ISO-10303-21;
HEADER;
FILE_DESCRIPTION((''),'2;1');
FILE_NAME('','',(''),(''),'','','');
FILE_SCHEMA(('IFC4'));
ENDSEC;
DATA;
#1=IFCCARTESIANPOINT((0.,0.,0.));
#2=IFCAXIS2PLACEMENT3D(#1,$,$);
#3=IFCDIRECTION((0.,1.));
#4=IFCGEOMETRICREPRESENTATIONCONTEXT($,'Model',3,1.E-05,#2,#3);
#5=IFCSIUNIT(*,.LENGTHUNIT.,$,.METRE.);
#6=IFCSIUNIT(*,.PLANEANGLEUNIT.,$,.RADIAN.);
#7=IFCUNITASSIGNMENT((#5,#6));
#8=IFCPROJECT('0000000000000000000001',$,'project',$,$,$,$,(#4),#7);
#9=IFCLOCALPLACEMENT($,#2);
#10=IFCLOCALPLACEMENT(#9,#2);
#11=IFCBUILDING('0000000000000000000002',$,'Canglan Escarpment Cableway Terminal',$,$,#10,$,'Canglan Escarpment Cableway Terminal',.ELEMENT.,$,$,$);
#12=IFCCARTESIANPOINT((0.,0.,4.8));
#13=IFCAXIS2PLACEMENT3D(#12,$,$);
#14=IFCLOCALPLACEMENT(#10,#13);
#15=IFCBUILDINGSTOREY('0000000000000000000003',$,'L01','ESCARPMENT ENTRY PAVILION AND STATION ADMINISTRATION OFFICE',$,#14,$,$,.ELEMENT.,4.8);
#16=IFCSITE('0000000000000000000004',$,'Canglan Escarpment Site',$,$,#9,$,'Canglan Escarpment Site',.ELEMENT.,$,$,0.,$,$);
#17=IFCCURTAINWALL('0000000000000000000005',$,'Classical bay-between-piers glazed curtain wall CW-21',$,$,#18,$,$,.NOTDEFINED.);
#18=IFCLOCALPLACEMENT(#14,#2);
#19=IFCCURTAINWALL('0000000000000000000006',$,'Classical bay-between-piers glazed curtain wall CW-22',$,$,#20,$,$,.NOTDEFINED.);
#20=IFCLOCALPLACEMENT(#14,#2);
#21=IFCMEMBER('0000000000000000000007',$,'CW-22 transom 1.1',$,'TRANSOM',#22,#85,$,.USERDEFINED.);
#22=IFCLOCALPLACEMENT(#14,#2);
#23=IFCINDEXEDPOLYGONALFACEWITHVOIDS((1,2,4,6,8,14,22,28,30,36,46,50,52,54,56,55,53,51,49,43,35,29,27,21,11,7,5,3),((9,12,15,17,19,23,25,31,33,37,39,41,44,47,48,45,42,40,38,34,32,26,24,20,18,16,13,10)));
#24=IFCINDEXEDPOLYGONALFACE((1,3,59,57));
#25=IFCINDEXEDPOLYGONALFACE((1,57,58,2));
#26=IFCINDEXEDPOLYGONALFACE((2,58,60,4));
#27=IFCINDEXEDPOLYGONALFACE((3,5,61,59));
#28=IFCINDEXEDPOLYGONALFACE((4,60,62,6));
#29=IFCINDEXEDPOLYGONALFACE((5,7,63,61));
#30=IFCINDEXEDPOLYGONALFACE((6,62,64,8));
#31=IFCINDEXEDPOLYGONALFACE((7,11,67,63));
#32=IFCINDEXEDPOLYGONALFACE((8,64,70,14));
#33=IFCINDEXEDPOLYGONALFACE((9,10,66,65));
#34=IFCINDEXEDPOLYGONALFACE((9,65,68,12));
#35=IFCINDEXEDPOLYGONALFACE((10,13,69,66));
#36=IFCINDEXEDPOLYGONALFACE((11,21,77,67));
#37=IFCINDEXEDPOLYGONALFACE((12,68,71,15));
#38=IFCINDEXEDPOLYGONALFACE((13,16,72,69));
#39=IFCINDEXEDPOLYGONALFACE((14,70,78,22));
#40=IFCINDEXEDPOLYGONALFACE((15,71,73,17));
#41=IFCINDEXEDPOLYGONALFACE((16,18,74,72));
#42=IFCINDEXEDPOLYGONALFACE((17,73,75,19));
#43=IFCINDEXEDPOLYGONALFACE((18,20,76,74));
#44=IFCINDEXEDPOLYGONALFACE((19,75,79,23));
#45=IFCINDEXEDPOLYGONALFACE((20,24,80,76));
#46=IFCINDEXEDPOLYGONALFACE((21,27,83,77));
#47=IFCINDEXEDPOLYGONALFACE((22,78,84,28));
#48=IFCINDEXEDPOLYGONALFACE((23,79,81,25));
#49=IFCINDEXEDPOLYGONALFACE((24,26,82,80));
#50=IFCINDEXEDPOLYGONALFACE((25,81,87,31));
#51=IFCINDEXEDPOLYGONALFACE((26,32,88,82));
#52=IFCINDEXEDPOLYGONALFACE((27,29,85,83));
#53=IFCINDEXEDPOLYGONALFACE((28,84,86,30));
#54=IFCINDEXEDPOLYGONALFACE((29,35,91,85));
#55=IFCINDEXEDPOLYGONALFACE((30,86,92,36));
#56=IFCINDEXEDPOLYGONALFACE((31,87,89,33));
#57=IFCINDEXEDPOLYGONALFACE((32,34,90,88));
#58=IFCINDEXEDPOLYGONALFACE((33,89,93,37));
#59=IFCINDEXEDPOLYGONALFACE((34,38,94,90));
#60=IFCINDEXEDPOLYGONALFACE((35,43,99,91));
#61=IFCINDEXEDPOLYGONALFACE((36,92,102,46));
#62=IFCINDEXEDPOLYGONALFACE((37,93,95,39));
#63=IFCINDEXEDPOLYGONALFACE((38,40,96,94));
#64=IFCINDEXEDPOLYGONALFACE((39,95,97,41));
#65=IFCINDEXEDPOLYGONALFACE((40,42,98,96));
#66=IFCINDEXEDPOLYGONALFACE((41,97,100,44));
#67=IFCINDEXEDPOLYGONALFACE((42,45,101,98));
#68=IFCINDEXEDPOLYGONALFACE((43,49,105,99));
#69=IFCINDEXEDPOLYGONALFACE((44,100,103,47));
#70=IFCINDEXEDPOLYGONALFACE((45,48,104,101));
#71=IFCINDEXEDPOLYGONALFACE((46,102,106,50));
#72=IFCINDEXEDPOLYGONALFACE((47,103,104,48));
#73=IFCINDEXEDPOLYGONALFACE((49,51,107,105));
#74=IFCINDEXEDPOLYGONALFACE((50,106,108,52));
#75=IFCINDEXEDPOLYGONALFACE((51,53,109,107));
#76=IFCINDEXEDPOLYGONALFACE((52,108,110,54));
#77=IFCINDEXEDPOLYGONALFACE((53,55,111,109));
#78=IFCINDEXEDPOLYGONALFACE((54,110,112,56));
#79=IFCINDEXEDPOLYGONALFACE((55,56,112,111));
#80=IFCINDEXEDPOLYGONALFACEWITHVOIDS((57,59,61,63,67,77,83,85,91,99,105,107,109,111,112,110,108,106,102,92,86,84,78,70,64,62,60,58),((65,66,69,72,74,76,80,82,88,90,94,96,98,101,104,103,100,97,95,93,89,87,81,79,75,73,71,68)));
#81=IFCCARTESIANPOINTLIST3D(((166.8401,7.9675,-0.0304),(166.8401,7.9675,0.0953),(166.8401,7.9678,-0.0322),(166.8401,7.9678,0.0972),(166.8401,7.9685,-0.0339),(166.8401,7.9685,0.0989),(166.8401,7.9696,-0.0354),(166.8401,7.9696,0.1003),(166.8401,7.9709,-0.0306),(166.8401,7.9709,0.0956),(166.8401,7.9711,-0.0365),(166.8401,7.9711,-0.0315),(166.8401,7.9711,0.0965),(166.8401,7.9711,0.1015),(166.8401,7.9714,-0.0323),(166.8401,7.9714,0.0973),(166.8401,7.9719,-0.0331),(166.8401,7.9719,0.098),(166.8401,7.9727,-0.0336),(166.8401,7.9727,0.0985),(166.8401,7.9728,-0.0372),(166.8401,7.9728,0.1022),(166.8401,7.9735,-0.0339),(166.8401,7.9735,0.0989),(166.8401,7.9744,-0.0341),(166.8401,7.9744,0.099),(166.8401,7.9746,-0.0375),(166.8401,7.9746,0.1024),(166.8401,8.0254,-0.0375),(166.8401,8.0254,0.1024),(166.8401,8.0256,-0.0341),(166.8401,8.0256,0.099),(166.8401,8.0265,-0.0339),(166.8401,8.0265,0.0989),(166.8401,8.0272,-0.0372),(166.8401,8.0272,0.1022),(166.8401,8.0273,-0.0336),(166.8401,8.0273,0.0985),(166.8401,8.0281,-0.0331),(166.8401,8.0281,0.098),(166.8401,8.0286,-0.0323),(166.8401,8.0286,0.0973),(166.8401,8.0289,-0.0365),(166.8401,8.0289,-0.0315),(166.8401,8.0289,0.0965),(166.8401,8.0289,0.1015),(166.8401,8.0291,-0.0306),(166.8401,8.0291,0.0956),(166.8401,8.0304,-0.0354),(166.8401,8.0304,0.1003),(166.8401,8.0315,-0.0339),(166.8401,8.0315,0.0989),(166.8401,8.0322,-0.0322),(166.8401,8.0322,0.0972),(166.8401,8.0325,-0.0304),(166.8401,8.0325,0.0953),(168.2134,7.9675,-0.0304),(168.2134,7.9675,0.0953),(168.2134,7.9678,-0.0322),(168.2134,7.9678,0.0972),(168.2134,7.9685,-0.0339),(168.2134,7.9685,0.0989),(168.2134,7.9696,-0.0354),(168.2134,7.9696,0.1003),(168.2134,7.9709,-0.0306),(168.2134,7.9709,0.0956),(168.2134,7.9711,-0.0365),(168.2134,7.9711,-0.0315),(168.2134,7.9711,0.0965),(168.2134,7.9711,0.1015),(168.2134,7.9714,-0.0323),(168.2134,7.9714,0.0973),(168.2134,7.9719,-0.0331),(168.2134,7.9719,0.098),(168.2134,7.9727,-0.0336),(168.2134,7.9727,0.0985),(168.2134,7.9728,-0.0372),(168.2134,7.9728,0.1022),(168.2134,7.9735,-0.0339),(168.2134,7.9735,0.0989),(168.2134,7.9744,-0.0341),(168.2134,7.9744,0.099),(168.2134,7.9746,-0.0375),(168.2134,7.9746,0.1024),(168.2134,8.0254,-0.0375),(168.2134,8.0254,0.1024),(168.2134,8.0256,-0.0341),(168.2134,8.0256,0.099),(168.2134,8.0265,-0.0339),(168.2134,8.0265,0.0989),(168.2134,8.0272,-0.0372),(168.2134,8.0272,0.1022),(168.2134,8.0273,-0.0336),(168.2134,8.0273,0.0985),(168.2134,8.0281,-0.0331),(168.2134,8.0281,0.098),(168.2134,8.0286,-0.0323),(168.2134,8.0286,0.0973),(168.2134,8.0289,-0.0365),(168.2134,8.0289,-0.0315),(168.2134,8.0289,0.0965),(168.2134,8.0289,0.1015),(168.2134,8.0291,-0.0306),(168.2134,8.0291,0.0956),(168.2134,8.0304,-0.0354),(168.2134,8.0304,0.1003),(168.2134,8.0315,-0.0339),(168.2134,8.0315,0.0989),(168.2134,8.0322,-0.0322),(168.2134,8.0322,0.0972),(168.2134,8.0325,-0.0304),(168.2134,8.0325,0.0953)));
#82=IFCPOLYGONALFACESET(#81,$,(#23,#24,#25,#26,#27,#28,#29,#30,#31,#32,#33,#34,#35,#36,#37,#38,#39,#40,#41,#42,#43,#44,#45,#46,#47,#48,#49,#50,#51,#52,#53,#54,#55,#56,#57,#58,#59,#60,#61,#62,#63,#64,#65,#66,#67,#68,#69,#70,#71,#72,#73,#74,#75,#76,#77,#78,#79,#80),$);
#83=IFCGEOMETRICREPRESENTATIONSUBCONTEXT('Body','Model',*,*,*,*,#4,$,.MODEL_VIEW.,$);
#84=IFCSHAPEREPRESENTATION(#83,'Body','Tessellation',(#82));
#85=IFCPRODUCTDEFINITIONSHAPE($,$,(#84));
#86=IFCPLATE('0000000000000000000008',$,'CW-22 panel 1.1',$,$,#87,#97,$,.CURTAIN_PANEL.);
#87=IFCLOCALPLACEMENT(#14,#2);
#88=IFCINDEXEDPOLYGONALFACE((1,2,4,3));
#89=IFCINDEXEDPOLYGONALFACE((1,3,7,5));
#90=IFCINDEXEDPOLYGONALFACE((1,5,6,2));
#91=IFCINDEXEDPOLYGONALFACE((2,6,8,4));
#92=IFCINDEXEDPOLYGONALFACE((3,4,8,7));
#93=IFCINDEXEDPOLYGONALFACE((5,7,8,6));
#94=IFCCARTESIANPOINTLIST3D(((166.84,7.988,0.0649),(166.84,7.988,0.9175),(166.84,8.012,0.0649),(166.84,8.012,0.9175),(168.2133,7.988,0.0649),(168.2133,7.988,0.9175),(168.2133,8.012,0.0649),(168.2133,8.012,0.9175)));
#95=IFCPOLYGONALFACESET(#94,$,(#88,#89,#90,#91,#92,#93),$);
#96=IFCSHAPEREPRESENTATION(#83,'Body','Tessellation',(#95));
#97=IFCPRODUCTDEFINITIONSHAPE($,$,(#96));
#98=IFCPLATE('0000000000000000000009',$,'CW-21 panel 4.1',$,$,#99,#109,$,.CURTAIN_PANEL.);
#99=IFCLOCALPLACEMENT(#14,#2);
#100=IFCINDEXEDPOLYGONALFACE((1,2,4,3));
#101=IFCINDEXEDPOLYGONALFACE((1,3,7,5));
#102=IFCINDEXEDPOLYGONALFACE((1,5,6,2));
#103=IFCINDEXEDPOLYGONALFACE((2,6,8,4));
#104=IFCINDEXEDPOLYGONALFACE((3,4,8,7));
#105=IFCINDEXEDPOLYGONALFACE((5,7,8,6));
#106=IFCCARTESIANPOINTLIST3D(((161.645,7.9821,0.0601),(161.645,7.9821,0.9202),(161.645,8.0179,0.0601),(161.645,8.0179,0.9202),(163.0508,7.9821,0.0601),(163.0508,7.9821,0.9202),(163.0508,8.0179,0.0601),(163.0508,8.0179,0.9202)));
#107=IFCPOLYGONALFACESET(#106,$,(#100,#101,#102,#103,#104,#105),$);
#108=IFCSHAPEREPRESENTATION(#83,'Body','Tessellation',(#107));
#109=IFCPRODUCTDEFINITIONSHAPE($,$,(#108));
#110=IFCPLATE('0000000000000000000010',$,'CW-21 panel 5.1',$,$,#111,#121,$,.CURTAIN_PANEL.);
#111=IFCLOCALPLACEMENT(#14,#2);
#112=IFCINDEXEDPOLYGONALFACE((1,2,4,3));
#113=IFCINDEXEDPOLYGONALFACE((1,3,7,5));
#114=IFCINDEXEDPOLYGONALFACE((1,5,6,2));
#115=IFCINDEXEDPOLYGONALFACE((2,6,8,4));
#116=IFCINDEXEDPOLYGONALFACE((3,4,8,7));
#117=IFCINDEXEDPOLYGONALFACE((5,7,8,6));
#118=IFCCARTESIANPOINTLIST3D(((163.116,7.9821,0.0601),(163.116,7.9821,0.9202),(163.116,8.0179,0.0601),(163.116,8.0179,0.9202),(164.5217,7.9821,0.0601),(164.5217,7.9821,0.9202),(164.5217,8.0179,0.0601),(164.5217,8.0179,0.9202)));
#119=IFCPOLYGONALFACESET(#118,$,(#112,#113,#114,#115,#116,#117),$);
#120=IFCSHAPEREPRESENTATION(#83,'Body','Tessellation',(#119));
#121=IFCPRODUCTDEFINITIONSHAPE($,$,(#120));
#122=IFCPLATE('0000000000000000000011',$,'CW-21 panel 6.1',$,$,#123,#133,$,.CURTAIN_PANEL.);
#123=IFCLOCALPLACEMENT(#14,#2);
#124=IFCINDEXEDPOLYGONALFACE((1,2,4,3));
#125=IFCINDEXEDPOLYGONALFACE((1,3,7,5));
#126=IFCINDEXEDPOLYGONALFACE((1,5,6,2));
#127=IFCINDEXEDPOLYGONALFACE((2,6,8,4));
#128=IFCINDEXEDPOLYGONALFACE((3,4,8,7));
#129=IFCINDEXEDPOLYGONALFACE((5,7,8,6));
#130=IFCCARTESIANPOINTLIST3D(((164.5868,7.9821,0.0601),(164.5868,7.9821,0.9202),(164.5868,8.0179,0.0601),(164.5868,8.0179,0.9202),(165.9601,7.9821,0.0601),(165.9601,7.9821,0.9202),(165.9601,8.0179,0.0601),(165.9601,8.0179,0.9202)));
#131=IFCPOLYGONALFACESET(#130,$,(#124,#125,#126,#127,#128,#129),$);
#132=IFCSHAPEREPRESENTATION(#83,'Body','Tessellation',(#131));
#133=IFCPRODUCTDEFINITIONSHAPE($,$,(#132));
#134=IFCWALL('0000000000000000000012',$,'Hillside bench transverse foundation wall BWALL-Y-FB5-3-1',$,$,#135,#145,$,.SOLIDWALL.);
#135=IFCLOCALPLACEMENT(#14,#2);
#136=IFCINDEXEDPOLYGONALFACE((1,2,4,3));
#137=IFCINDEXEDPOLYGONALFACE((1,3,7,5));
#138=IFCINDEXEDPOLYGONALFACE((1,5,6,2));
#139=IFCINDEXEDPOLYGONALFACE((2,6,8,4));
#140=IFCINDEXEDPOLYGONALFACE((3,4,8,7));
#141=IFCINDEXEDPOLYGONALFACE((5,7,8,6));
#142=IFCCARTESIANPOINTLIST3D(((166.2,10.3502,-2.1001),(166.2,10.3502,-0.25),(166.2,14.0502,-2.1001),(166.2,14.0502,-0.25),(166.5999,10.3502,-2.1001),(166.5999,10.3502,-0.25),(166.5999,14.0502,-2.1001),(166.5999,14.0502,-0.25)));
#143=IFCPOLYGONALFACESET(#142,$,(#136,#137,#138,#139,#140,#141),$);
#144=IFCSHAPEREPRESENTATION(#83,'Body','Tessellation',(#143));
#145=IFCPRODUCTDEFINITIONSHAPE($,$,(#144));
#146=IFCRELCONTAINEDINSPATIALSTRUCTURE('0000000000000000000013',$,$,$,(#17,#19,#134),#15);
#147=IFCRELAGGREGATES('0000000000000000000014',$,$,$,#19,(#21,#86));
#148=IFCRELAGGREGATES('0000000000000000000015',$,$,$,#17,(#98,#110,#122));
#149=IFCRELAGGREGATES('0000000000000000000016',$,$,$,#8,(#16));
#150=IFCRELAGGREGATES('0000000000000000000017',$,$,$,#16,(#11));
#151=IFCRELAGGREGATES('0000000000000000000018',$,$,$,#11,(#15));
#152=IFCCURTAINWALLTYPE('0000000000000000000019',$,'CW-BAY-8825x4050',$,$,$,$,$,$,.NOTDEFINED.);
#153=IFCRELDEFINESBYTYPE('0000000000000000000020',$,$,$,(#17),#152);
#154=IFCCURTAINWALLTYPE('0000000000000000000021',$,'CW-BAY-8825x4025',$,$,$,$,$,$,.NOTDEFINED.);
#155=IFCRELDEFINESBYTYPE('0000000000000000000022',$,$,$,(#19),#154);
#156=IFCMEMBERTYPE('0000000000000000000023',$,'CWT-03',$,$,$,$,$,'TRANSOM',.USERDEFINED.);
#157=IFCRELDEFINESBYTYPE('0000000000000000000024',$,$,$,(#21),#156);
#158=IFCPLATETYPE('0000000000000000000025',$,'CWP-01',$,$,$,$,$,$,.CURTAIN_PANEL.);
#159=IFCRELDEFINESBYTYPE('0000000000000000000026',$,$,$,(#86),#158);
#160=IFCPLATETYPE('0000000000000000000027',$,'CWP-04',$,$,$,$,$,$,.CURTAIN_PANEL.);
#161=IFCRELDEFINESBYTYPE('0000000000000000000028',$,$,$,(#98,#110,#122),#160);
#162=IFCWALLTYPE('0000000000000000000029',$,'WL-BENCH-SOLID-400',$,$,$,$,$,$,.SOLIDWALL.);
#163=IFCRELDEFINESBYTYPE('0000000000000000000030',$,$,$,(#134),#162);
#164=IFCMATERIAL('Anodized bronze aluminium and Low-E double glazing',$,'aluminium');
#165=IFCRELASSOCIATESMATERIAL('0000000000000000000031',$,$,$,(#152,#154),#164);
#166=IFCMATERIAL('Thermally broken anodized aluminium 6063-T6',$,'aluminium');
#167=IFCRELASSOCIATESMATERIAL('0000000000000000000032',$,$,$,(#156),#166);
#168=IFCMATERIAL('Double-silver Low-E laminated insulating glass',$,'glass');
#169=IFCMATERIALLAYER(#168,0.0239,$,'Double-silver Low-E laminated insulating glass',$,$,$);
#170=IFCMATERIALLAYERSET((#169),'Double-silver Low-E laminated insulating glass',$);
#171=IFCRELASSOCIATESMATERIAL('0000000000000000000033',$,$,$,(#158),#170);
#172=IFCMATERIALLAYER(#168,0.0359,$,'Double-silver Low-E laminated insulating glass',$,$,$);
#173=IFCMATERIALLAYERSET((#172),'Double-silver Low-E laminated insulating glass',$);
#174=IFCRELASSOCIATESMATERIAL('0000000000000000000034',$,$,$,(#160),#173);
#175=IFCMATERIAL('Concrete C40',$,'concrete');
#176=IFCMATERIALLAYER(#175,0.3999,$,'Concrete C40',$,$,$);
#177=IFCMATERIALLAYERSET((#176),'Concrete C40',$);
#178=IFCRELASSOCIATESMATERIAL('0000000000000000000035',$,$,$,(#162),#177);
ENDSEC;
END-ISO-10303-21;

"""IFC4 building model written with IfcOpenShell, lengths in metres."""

from ifc_helpers import new_model, si_unit, direction, frame, frame_2d, origin, origin_2d, place, context, subcontext, project, spatial, rectangle, hollow_rectangle, extrude, material, layer, layer_set, material_profile, profile_set, type_object, element, aggregate, save


model = new_model("IFC4")

# Units and contexts
model_context = context("Model", 3, precision=1e-05, world=origin(), true_north=direction((0.0, 1.0)))
body_context = subcontext(model_context, "Body", "Model", "MODEL_VIEW")
ifc_project = project(units=[si_unit("LENGTHUNIT", "METRE"), si_unit("PLANEANGLEUNIT", "RADIAN")], contexts=[model_context])

# Site, building, storey
site_placement = place(None, origin())
site = spatial("IfcSite", under=ifc_project, at=site_placement, Name="Canglan Escarpment Site", LongName="Canglan Escarpment Site", CompositionType="ELEMENT", RefElevation=0.0)
building_placement = place(site_placement, origin())
building = spatial("IfcBuilding", under=site, at=building_placement, Name="Canglan Escarpment Cableway Terminal", LongName="Canglan Escarpment Cableway Terminal", CompositionType="ELEMENT")
storey_placement = place(building_placement, frame((0.0, 0.0, 4.8)))
storey = spatial("IfcBuildingStorey", under=building, at=storey_placement, Name="L01", Description="ESCARPMENT ENTRY PAVILION AND STATION ADMINISTRATION OFFICE", CompositionType="ELEMENT", Elevation=4.8)

# Shared definitions
ifc_material_1 = material(Name="Concrete C40", Category="concrete")

# Curtain wall
ifc_material_2 = material(Name="Anodized bronze aluminium and Low-E double glazing", Category="aluminium")
curtain_wall_type_1 = type_object("IfcCurtainWallType", Name="CW-BAY-8825x4050", PredefinedType="NOTDEFINED", material=ifc_material_2)
curtain_wall_1_placement = place(storey_placement, origin())
curtain_wall_1 = element("IfcCurtainWall", 1, at=curtain_wall_1_placement, inside=storey, type_object=curtain_wall_type_1, Name="Classical bay-between-piers glazed curtain wall CW-21", PredefinedType="NOTDEFINED")
ifc_material_3 = material(Name="Thermally broken anodized aluminium 6063-T6", Category="aluminium")

# Curtain wall
curtain_wall_type_2 = type_object("IfcCurtainWallType", Name="CW-BAY-8825x4025", PredefinedType="NOTDEFINED", material=ifc_material_2)
curtain_wall_2_placement = place(storey_placement, origin())
curtain_wall_2 = element("IfcCurtainWall", 2, at=curtain_wall_2_placement, inside=storey, type_object=curtain_wall_type_2, Name="Classical bay-between-piers glazed curtain wall CW-22", PredefinedType="NOTDEFINED")

# Member
ifc_material_profile_1 = material_profile(ifc_material_3, hollow_rectangle(XDim=0.0649, YDim=0.1399, WallThickness=0.0034, InnerFilletRadius=0.0034, OuterFilletRadius=0.0071, at=origin_2d()), Name="ALU-TRAN 65x140x3.5")
ifc_profile_set_1 = profile_set([ifc_material_profile_1], Name="Thermally broken anodized aluminium 6063-T6")
member_type_1 = type_object("IfcMemberType", Name="CWT-03", ElementType="TRANSOM", PredefinedType="USERDEFINED", material=ifc_profile_set_1)
member_1_placement = place(storey_placement, frame((166.8401, 8.0, 0.0325), z_axis=(1.0, 0.0, 0.0), x_axis=(0.0, 1.0, 0.0)))
member_1 = element("IfcMember", 3, at=member_1_placement, type_object=member_type_1, Name="CW-22 transom 1.1", ObjectType="TRANSOM", PredefinedType="USERDEFINED", context=body_context, shape_type="SweptSolid", body=[
    extrude(hollow_rectangle(XDim=0.0649, YDim=0.1399, WallThickness=0.0034, InnerFilletRadius=0.0034, OuterFilletRadius=0.0071, at=origin_2d()), origin(), (0.0, 0.0, 1.0), 1.3733),
])

# Plates
ifc_material_4 = material(Name="Double-silver Low-E laminated insulating glass", Category="glass")
ifc_layer_1 = layer(ifc_material_4, 0.0239, Name="Double-silver Low-E laminated insulating glass")
ifc_layer_set_1 = layer_set([ifc_layer_1], Name="Double-silver Low-E laminated insulating glass")
plate_type_1 = type_object("IfcPlateType", Name="CWP-01", PredefinedType="CURTAIN_PANEL", material=ifc_layer_set_1)
plate_1_placement = place(storey_placement, frame((167.5266, 8.0, 0.0649), z_axis=(0.0, 0.0, 1.0), x_axis=(1.0, 0.0, 0.0)))
plate_1 = element("IfcPlate", 4, at=plate_1_placement, type_object=plate_type_1, Name="CW-22 panel 1.1", PredefinedType="CURTAIN_PANEL", context=body_context, shape_type="SweptSolid", body=[
    extrude(rectangle(XDim=1.3733, YDim=0.0239, at=origin_2d()), origin(), (0.0, 0.0, 1.0), 0.8525),
])
aggregate(curtain_wall_2, [member_1, plate_1])
ifc_layer_2 = layer(ifc_material_4, 0.0359, Name="Double-silver Low-E laminated insulating glass")
ifc_layer_set_2 = layer_set([ifc_layer_2], Name="Double-silver Low-E laminated insulating glass")
plate_type_2 = type_object("IfcPlateType", Name="CWP-04", PredefinedType="CURTAIN_PANEL", material=ifc_layer_set_2)
plate_2_placement = place(storey_placement, frame((162.3479, 8.0, 0.0601), z_axis=(0.0, 0.0, 1.0), x_axis=(1.0, 0.0, 0.0)))
plate_2 = element("IfcPlate", 5, at=plate_2_placement, type_object=plate_type_2, Name="CW-21 panel 4.1", PredefinedType="CURTAIN_PANEL", context=body_context, shape_type="SweptSolid", body=[
    extrude(rectangle(XDim=1.4058, YDim=0.0359, at=origin_2d()), origin(), (0.0, 0.0, 1.0), 0.8601),
])
plate_3_placement = place(storey_placement, frame((163.8188, 8.0, 0.0601), z_axis=(0.0, 0.0, 1.0), x_axis=(1.0, 0.0, 0.0)))
plate_3 = element("IfcPlate", 6, at=plate_3_placement, type_object=plate_type_2, Name="CW-21 panel 5.1", PredefinedType="CURTAIN_PANEL", context=body_context, shape_type="SweptSolid", body=[
    extrude(rectangle(XDim=1.4058, YDim=0.0359, at=origin_2d()), origin(), (0.0, 0.0, 1.0), 0.8601),
])
plate_4_placement = place(storey_placement, frame((165.2734, 8.0, 0.0601), z_axis=(0.0, 0.0, 1.0), x_axis=(1.0, 0.0, 0.0)))
plate_4 = element("IfcPlate", 7, at=plate_4_placement, type_object=plate_type_2, Name="CW-21 panel 6.1", PredefinedType="CURTAIN_PANEL", context=body_context, shape_type="SweptSolid", body=[
    extrude(rectangle(XDim=1.3733, YDim=0.0359, at=origin_2d()), origin(), (0.0, 0.0, 1.0), 0.8601),
])
aggregate(curtain_wall_1, [plate_2, plate_3, plate_4])

# Wall
ifc_layer_3 = layer(ifc_material_1, 0.3999, Name="Concrete C40")
ifc_layer_set_3 = layer_set([ifc_layer_3], Name="Concrete C40")
wall_type = type_object("IfcWallType", Name="WL-BENCH-SOLID-400", PredefinedType="SOLIDWALL", material=ifc_layer_set_3)
wall_placement = place(storey_placement, frame((166.3999, 10.3501, -2.1001), z_axis=(0.0, 0.0, 1.0), x_axis=(0.0, 1.0, 0.0)))
element("IfcWall", 8, at=wall_placement, inside=storey, type_object=wall_type, Name="Hillside bench transverse foundation wall BWALL-Y-FB5-3-1", PredefinedType="SOLIDWALL", context=body_context, shape_type="SweptSolid", body=[
    extrude(rectangle(XDim=3.7, YDim=0.3999, at=frame_2d((1.8501, 0.0))), origin(), (0.0, 0.0, 1.0), 1.8501),
])

save(model, "model.ifc")
